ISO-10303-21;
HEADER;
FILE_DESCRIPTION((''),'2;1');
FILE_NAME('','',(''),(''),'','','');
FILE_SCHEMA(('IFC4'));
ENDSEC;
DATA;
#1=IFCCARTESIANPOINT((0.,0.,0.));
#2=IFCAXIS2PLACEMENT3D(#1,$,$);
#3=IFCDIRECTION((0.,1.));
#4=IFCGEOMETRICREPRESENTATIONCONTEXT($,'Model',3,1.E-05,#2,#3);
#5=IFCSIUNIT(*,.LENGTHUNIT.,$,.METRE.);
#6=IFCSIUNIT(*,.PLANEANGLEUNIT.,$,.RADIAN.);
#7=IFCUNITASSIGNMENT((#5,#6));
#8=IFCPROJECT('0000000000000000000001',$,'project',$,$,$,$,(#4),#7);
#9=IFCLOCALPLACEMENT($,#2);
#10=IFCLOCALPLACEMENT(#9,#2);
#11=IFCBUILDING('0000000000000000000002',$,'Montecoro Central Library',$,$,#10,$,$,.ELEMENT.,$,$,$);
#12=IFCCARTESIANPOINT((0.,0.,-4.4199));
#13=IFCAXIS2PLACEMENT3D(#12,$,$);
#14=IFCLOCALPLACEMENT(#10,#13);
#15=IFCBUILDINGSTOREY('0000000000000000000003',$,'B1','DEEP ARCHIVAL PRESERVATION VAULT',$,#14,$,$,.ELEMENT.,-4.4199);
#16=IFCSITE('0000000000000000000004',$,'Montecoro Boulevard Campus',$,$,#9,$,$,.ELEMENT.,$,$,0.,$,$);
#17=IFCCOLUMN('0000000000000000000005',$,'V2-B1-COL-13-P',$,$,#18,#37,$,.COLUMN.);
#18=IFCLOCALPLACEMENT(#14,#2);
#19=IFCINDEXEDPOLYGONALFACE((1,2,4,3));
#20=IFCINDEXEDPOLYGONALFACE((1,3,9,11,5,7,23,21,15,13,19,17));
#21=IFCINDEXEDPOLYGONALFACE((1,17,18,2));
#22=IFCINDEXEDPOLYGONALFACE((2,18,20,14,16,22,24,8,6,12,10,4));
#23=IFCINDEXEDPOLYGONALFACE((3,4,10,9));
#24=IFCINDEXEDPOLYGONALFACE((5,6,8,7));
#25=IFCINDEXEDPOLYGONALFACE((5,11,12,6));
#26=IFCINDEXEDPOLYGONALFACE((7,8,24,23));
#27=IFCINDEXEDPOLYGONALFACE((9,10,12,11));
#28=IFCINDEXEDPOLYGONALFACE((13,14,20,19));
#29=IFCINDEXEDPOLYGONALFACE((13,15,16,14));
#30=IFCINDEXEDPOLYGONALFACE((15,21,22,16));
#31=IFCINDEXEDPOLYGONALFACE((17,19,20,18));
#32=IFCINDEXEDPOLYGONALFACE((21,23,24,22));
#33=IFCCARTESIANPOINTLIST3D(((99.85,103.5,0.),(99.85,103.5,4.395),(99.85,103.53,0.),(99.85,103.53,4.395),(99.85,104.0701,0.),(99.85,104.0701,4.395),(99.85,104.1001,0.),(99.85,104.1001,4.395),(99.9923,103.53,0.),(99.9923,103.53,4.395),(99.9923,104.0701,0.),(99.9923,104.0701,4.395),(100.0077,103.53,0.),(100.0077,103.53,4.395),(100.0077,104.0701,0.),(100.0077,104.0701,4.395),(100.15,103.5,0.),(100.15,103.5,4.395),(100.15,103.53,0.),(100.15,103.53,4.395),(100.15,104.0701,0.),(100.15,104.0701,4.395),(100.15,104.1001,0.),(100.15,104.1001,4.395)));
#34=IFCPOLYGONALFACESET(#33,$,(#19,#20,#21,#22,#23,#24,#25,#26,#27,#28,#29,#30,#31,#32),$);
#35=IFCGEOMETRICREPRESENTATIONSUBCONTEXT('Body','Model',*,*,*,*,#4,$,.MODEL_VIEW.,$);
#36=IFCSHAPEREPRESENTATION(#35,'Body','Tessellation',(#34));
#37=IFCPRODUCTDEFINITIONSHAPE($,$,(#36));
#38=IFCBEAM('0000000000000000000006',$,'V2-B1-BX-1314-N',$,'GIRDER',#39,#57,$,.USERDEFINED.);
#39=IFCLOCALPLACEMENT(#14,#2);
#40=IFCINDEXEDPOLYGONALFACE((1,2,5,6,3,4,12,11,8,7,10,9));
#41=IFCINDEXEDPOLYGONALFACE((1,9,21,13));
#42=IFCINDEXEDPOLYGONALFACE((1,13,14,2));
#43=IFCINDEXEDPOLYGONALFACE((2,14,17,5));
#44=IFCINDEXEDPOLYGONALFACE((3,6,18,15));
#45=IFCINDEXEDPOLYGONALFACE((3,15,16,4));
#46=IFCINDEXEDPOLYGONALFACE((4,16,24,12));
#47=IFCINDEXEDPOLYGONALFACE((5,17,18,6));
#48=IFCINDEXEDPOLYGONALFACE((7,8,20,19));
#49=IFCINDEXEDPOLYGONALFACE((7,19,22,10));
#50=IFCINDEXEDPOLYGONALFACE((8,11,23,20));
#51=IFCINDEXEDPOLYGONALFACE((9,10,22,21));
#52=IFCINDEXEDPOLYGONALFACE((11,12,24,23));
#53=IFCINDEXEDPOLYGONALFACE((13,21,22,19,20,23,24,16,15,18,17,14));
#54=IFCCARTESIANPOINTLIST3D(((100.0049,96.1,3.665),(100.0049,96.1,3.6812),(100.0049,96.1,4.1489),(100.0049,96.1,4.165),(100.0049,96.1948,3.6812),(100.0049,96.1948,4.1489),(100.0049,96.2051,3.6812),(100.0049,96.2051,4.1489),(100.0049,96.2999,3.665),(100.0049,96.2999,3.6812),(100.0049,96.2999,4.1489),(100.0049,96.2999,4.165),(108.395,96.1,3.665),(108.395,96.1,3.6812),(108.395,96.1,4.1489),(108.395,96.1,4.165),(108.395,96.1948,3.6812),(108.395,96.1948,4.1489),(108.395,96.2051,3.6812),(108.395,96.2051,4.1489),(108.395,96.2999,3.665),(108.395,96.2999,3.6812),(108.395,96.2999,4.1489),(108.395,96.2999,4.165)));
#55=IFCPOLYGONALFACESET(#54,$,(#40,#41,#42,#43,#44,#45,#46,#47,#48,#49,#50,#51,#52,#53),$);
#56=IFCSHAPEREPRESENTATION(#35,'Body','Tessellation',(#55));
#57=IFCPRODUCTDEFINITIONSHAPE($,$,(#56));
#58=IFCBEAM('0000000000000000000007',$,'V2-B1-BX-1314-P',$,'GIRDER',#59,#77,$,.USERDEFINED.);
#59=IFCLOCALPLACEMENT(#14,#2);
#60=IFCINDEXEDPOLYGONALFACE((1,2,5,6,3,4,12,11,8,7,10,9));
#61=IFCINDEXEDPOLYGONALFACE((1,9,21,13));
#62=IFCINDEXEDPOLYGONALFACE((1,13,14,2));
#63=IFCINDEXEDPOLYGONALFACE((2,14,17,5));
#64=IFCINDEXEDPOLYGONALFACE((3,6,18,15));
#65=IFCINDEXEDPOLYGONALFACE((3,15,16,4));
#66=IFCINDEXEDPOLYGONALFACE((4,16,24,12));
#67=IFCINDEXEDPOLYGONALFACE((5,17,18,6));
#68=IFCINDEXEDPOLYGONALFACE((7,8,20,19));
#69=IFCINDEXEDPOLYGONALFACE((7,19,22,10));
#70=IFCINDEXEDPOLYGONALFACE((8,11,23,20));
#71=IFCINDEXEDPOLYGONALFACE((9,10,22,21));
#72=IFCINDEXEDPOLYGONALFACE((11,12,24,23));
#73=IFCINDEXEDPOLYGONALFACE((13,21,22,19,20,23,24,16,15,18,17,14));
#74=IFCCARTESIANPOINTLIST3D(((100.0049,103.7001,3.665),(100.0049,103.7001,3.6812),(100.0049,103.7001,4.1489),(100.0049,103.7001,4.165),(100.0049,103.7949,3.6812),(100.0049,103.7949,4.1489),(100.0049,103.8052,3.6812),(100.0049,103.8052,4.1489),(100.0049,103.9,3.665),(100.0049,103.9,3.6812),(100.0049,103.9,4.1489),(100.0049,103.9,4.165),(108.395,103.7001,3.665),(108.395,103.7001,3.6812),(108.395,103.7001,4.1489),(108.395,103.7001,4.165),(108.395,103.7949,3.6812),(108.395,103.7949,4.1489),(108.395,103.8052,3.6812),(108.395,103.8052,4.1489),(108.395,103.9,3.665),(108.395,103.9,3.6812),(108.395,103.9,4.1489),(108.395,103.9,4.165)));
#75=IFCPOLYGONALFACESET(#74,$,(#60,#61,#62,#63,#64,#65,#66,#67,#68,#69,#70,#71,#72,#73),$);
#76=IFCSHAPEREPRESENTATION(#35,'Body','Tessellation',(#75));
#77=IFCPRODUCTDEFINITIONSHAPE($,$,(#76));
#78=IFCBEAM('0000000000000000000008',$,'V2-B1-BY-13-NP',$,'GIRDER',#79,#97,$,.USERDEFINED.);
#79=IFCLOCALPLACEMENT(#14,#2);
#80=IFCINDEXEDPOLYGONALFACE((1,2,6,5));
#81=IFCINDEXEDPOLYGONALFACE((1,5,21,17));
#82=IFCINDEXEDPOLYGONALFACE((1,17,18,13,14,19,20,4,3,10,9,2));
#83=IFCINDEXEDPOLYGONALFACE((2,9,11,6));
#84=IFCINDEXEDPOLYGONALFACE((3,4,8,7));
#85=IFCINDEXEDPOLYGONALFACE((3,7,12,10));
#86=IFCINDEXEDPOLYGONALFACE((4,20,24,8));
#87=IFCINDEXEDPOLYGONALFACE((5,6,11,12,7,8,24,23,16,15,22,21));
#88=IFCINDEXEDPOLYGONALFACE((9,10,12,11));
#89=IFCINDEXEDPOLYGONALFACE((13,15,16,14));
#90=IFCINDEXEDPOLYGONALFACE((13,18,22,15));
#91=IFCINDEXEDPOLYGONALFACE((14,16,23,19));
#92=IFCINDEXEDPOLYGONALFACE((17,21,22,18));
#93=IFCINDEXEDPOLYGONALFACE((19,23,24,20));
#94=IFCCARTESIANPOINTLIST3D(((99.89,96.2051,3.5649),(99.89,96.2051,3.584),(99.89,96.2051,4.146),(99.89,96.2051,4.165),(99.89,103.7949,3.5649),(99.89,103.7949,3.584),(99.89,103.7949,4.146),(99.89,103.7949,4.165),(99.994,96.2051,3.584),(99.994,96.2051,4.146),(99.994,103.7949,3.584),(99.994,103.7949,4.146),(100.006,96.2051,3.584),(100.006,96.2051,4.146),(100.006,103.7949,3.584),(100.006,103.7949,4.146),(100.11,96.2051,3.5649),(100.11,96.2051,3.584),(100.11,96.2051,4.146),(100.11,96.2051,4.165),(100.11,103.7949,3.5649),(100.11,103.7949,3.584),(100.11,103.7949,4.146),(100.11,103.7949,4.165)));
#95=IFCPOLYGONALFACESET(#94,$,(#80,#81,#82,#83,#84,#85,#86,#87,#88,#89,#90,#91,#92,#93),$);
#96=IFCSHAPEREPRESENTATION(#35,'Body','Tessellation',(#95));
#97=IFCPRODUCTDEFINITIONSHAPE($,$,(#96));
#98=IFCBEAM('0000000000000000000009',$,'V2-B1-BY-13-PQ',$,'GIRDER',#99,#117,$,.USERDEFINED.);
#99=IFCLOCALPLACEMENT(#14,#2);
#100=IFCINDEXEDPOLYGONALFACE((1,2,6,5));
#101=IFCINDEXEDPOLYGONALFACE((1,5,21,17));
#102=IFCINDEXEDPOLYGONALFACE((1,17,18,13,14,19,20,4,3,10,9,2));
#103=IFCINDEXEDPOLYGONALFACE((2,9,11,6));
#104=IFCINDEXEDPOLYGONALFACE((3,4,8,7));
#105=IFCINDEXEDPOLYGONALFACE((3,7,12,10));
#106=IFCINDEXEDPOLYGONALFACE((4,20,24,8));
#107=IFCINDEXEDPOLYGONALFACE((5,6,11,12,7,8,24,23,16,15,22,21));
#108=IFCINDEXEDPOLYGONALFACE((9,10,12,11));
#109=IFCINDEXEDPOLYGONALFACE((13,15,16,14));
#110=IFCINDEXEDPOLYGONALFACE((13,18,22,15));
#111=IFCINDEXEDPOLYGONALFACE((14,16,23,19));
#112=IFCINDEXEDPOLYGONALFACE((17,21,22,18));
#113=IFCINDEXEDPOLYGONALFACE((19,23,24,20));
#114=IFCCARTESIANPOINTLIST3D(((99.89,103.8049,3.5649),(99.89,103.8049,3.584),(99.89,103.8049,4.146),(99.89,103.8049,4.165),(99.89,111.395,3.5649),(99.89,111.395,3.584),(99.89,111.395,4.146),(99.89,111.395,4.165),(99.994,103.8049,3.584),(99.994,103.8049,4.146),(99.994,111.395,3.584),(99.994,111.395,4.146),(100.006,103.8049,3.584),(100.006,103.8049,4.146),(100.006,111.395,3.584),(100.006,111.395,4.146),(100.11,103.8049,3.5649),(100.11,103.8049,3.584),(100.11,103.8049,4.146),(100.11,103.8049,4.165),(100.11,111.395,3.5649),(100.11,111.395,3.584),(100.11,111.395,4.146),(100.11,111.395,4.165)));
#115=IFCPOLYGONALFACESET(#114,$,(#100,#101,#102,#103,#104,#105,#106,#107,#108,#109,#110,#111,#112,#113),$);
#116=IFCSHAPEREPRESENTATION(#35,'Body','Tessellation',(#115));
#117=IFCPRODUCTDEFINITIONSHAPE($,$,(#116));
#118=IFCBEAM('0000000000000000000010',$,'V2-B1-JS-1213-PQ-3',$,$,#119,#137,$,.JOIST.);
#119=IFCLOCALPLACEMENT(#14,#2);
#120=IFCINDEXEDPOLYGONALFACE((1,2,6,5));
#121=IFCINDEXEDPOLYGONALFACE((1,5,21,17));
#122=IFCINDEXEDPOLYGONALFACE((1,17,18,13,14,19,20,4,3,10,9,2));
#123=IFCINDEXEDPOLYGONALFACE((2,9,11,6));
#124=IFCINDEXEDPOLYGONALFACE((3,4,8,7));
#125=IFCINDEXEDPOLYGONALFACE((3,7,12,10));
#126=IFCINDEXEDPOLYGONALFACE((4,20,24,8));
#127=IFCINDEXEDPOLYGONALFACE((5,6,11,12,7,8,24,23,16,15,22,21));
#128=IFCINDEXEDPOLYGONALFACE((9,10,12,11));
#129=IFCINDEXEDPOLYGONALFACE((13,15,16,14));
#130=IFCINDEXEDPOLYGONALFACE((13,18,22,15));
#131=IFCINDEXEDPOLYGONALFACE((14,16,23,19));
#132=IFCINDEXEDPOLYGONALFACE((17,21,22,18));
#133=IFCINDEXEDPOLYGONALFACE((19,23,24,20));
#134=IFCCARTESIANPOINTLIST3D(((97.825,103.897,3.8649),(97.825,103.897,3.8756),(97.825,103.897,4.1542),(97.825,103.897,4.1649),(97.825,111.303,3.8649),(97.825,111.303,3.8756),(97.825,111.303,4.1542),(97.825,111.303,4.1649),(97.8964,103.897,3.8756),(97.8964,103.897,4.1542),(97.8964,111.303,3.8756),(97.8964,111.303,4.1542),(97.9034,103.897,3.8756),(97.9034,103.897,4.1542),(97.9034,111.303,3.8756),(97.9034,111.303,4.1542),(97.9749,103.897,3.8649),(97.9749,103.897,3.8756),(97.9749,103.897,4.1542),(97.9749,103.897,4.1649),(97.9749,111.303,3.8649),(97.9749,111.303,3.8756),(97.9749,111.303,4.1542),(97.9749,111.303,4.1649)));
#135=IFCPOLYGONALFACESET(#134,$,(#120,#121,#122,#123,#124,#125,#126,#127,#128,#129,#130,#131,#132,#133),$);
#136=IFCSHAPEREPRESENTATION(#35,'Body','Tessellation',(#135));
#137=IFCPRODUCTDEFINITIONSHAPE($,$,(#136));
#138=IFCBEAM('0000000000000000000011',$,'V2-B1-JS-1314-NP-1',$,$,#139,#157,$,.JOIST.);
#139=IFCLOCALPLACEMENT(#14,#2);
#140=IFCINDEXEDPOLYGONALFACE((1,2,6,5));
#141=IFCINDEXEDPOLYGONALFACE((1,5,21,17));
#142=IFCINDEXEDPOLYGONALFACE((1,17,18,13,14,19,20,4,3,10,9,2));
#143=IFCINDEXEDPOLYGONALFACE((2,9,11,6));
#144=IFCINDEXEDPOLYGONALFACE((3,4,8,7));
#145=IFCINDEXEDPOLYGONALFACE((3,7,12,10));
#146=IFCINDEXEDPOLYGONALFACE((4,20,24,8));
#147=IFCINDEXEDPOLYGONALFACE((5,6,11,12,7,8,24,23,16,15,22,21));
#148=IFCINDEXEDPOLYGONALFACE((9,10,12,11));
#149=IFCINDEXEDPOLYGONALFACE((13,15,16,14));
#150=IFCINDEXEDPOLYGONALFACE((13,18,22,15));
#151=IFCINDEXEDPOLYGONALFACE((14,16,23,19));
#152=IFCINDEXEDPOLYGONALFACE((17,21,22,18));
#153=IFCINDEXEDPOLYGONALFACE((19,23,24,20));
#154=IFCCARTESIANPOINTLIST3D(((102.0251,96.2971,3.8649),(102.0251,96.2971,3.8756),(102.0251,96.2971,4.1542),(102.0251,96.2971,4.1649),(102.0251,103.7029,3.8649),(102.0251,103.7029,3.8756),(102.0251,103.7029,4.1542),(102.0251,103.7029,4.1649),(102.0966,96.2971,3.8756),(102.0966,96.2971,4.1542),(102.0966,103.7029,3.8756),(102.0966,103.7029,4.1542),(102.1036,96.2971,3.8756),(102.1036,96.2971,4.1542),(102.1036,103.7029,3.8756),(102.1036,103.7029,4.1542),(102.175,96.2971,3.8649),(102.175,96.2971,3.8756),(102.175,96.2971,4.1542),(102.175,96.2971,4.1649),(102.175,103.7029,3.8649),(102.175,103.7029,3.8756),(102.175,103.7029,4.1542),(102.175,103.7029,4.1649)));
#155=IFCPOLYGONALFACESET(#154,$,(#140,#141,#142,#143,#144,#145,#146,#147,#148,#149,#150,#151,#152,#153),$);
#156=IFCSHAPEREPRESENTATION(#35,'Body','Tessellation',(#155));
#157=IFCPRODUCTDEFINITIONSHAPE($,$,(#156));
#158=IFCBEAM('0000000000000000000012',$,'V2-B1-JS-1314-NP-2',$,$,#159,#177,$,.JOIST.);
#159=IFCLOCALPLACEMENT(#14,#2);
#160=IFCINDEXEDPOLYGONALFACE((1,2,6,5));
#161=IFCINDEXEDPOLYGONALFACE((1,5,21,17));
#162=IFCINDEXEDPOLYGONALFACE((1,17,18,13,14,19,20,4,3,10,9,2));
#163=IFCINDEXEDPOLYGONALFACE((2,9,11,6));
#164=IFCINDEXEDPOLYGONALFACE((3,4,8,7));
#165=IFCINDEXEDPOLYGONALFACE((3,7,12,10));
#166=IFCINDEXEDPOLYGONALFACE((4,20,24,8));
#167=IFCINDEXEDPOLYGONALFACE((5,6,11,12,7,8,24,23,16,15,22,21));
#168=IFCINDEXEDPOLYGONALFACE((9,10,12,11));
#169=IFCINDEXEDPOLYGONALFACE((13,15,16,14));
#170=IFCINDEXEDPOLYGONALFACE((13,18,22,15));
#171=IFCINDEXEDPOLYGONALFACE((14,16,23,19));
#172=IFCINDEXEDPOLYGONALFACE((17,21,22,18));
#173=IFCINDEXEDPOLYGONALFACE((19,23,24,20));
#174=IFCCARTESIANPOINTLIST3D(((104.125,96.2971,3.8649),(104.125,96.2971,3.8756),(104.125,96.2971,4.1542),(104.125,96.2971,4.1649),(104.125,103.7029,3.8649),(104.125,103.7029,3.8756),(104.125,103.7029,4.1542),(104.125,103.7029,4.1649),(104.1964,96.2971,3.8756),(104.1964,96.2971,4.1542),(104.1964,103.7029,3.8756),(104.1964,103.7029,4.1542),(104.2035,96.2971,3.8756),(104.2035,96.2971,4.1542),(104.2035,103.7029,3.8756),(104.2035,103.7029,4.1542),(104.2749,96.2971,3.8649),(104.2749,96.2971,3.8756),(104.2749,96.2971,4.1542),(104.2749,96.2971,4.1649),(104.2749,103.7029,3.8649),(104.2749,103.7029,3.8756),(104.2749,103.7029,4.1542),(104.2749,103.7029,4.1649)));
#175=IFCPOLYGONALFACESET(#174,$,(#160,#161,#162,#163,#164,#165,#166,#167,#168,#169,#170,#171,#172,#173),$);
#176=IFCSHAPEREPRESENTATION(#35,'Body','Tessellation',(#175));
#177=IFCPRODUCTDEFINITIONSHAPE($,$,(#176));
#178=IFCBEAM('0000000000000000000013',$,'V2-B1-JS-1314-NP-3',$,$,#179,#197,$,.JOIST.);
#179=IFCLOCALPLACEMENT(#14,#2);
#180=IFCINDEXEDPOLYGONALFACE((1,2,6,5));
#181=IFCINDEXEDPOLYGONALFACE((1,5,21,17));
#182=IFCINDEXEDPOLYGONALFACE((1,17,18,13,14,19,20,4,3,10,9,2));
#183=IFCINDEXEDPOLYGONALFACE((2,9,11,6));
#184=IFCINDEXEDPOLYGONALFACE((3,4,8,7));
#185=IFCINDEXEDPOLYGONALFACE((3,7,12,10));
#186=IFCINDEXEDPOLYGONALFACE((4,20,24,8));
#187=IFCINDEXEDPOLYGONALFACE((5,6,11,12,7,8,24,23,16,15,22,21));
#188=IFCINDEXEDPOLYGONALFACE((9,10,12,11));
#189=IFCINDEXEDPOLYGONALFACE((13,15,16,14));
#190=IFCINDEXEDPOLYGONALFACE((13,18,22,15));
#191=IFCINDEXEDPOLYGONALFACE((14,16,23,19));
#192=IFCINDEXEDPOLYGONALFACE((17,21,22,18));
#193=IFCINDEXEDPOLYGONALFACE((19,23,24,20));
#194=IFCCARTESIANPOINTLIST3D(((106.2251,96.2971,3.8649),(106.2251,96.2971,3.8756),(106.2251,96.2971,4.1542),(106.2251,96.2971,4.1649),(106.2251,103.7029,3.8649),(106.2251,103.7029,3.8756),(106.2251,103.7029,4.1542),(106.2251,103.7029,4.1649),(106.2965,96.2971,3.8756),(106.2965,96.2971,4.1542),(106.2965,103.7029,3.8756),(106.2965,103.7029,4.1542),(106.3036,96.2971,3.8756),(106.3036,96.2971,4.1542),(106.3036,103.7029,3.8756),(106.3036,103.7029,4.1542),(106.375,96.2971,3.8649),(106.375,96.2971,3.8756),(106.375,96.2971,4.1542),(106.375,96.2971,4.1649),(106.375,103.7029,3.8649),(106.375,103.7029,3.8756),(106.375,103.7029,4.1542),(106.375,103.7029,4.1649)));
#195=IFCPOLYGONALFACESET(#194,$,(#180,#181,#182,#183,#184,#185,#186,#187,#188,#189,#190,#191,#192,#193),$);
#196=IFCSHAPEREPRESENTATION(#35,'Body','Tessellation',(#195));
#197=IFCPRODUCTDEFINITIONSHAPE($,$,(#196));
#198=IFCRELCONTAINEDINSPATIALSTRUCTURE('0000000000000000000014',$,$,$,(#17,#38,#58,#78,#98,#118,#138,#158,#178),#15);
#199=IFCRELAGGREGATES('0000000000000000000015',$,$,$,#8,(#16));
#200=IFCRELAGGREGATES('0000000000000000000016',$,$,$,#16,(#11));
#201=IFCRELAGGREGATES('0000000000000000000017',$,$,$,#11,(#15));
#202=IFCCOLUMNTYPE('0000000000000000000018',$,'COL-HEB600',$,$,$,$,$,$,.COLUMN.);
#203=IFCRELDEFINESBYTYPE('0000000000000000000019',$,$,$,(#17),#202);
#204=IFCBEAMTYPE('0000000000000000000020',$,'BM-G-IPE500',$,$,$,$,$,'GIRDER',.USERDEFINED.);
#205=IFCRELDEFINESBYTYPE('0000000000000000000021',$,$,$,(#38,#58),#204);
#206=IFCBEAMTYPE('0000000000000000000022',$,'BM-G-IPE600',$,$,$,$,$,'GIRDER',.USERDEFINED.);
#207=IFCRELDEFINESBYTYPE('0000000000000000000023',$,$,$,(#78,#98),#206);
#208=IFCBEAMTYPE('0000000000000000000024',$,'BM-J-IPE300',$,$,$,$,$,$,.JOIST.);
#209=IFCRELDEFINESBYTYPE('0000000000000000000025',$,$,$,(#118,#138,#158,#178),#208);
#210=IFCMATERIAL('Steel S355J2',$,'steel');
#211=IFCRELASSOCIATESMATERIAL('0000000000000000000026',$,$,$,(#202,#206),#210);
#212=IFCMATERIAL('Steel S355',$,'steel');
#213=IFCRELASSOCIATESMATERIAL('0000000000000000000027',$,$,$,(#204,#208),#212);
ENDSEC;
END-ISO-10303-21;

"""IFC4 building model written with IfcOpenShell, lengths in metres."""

from ifc_helpers import new_model, si_unit, direction, frame, origin, origin_2d, place, context, subcontext, project, spatial, i_section, extrude, material, material_profile, profile_set, type_object, element, save


model = new_model("IFC4")

# Units and contexts
model_context = context("Model", 3, precision=1e-05, world=origin(), true_north=direction((0.0, 1.0)))
body_context = subcontext(model_context, "Body", "Model", "MODEL_VIEW")
ifc_project = project(units=[si_unit("LENGTHUNIT", "METRE"), si_unit("PLANEANGLEUNIT", "RADIAN")], contexts=[model_context])

# Site, building, storey
site_placement = place(None, origin())
site = spatial("IfcSite", under=ifc_project, at=site_placement, Name="Montecoro Boulevard Campus", CompositionType="ELEMENT", RefElevation=0.0)
building_placement = place(site_placement, origin())
building = spatial("IfcBuilding", under=site, at=building_placement, Name="Montecoro Central Library", CompositionType="ELEMENT")
storey_placement = place(building_placement, frame((0.0, 0.0, -4.4199)))
storey = spatial("IfcBuildingStorey", under=building, at=storey_placement, Name="B1", Description="DEEP ARCHIVAL PRESERVATION VAULT", CompositionType="ELEMENT", Elevation=-4.4199)

# Column
ifc_material_1 = material(Name="Steel S355J2", Category="steel")
ifc_material_profile_1 = material_profile(ifc_material_1, i_section(OverallWidth=0.3, OverallDepth=0.6001, WebThickness=0.0154, FlangeThickness=0.03, at=origin_2d()), Name="HEB 600")
ifc_profile_set_1 = profile_set([ifc_material_profile_1], Name="Steel S355J2")
column_type = type_object("IfcColumnType", Name="COL-HEB600", PredefinedType="COLUMN", material=ifc_profile_set_1)
for number, where, z_axis, x_axis, name in (
    (1, (100.0, 103.8, 0.0), (0.0, 0.0, 1.0), (1.0, 0.0, 0.0), "V2-B1-COL-13-P"),
):
    element("IfcColumn", number, at=place(storey_placement, frame(where, z_axis=z_axis, x_axis=x_axis)), inside=storey, type_object=column_type, Name=name, PredefinedType="COLUMN", context=body_context, shape_type="SweptSolid", body=[
        extrude(i_section(OverallWidth=0.3, OverallDepth=0.6001, WebThickness=0.0154, FlangeThickness=0.03, at=origin_2d()), origin(), (0.0, 0.0, 1.0), 4.395),
    ])

# Beams
ifc_material_2 = material(Name="Steel S355", Category="steel")
ifc_material_profile_2 = material_profile(ifc_material_2, i_section(OverallWidth=0.2, OverallDepth=0.5, WebThickness=0.0103, FlangeThickness=0.0161, at=origin_2d()), Name="IPE 500")
ifc_profile_set_2 = profile_set([ifc_material_profile_2], Name="Steel S355")
beam_type_1 = type_object("IfcBeamType", Name="BM-G-IPE500", ElementType="GIRDER", PredefinedType="USERDEFINED", material=ifc_profile_set_2)
for number, where, z_axis, x_axis, name in (
    (2, (100.0049, 96.2, 3.915), (1.0, 0.0, 0.0), (0.0, 1.0, 0.0), "V2-B1-BX-1314-N"),
    (3, (100.0049, 103.8, 3.915), (1.0, 0.0, 0.0), (0.0, 1.0, 0.0), "V2-B1-BX-1314-P"),
):
    element("IfcBeam", number, at=place(storey_placement, frame(where, z_axis=z_axis, x_axis=x_axis)), inside=storey, type_object=beam_type_1, Name=name, ObjectType="GIRDER", PredefinedType="USERDEFINED", context=body_context, shape_type="SweptSolid", body=[
        extrude(i_section(OverallWidth=0.2, OverallDepth=0.5, WebThickness=0.0103, FlangeThickness=0.0161, at=origin_2d()), origin(), (0.0, 0.0, 1.0), 8.3901),
    ])
ifc_material_profile_3 = material_profile(ifc_material_1, i_section(OverallWidth=0.22, OverallDepth=0.6001, WebThickness=0.012, FlangeThickness=0.019, at=origin_2d()), Name="IPE 600")
ifc_profile_set_3 = profile_set([ifc_material_profile_3], Name="Steel S355J2")
beam_type_2 = type_object("IfcBeamType", Name="BM-G-IPE600", ElementType="GIRDER", PredefinedType="USERDEFINED", material=ifc_profile_set_3)
beam_1_placement = place(storey_placement, frame((100.0, 96.2051, 3.865), z_axis=(0.0, 1.0, 0.0), x_axis=(-1.0, 0.0, 0.0)))
element("IfcBeam", 4, at=beam_1_placement, inside=storey, type_object=beam_type_2, Name="V2-B1-BY-13-NP", ObjectType="GIRDER", PredefinedType="USERDEFINED", context=body_context, shape_type="SweptSolid", body=[
    extrude(i_section(OverallWidth=0.22, OverallDepth=0.6001, WebThickness=0.012, FlangeThickness=0.019, at=origin_2d()), origin(), (0.0, 0.0, 1.0), 7.5898),
])
beam_2_placement = place(storey_placement, frame((100.0, 103.8049, 3.865), z_axis=(0.0, 1.0, 0.0), x_axis=(-1.0, 0.0, 0.0)))
element("IfcBeam", 5, at=beam_2_placement, inside=storey, type_object=beam_type_2, Name="V2-B1-BY-13-PQ", ObjectType="GIRDER", PredefinedType="USERDEFINED", context=body_context, shape_type="SweptSolid", body=[
    extrude(i_section(OverallWidth=0.22, OverallDepth=0.6001, WebThickness=0.012, FlangeThickness=0.019, at=origin_2d()), origin(), (0.0, 0.0, 1.0), 7.5901),
])
ifc_material_profile_4 = material_profile(ifc_material_2, i_section(OverallWidth=0.1499, OverallDepth=0.3, WebThickness=0.0071, FlangeThickness=0.0107, at=origin_2d()), Name="IPE 300")
ifc_profile_set_4 = profile_set([ifc_material_profile_4], Name="Steel S355")
beam_type_3 = type_object("IfcBeamType", Name="BM-J-IPE300", PredefinedType="JOIST", material=ifc_profile_set_4)
beam_3_placement = place(storey_placement, frame((97.8999, 103.897, 4.0149), z_axis=(0.0, 1.0, 0.0), x_axis=(-1.0, 0.0, 0.0)))
element("IfcBeam", 6, at=beam_3_placement, inside=storey, type_object=beam_type_3, Name="V2-B1-JS-1213-PQ-3", PredefinedType="JOIST", context=body_context, shape_type="SweptSolid", body=[
    extrude(i_section(OverallWidth=0.1499, OverallDepth=0.3, WebThickness=0.0071, FlangeThickness=0.0107, at=origin_2d()), origin(), (0.0, 0.0, 1.0), 7.406),
])
for number, where, z_axis, x_axis, name in (
    (7, (102.1001, 96.2971, 4.0149), (0.0, 1.0, 0.0), (-1.0, 0.0, 0.0), "V2-B1-JS-1314-NP-1"),
    (8, (104.2, 96.2971, 4.0149), (0.0, 1.0, 0.0), (-1.0, 0.0, 0.0), "V2-B1-JS-1314-NP-2"),
    (9, (106.3, 96.2971, 4.0149), (0.0, 1.0, 0.0), (-1.0, 0.0, 0.0), "V2-B1-JS-1314-NP-3"),
):
    element("IfcBeam", number, at=place(storey_placement, frame(where, z_axis=z_axis, x_axis=x_axis)), inside=storey, type_object=beam_type_3, Name=name, PredefinedType="JOIST", context=body_context, shape_type="SweptSolid", body=[
        extrude(i_section(OverallWidth=0.1499, OverallDepth=0.3, WebThickness=0.0071, FlangeThickness=0.0107, at=origin_2d()), origin(), (0.0, 0.0, 1.0), 7.4058),
    ])

save(model, "model.ifc")
